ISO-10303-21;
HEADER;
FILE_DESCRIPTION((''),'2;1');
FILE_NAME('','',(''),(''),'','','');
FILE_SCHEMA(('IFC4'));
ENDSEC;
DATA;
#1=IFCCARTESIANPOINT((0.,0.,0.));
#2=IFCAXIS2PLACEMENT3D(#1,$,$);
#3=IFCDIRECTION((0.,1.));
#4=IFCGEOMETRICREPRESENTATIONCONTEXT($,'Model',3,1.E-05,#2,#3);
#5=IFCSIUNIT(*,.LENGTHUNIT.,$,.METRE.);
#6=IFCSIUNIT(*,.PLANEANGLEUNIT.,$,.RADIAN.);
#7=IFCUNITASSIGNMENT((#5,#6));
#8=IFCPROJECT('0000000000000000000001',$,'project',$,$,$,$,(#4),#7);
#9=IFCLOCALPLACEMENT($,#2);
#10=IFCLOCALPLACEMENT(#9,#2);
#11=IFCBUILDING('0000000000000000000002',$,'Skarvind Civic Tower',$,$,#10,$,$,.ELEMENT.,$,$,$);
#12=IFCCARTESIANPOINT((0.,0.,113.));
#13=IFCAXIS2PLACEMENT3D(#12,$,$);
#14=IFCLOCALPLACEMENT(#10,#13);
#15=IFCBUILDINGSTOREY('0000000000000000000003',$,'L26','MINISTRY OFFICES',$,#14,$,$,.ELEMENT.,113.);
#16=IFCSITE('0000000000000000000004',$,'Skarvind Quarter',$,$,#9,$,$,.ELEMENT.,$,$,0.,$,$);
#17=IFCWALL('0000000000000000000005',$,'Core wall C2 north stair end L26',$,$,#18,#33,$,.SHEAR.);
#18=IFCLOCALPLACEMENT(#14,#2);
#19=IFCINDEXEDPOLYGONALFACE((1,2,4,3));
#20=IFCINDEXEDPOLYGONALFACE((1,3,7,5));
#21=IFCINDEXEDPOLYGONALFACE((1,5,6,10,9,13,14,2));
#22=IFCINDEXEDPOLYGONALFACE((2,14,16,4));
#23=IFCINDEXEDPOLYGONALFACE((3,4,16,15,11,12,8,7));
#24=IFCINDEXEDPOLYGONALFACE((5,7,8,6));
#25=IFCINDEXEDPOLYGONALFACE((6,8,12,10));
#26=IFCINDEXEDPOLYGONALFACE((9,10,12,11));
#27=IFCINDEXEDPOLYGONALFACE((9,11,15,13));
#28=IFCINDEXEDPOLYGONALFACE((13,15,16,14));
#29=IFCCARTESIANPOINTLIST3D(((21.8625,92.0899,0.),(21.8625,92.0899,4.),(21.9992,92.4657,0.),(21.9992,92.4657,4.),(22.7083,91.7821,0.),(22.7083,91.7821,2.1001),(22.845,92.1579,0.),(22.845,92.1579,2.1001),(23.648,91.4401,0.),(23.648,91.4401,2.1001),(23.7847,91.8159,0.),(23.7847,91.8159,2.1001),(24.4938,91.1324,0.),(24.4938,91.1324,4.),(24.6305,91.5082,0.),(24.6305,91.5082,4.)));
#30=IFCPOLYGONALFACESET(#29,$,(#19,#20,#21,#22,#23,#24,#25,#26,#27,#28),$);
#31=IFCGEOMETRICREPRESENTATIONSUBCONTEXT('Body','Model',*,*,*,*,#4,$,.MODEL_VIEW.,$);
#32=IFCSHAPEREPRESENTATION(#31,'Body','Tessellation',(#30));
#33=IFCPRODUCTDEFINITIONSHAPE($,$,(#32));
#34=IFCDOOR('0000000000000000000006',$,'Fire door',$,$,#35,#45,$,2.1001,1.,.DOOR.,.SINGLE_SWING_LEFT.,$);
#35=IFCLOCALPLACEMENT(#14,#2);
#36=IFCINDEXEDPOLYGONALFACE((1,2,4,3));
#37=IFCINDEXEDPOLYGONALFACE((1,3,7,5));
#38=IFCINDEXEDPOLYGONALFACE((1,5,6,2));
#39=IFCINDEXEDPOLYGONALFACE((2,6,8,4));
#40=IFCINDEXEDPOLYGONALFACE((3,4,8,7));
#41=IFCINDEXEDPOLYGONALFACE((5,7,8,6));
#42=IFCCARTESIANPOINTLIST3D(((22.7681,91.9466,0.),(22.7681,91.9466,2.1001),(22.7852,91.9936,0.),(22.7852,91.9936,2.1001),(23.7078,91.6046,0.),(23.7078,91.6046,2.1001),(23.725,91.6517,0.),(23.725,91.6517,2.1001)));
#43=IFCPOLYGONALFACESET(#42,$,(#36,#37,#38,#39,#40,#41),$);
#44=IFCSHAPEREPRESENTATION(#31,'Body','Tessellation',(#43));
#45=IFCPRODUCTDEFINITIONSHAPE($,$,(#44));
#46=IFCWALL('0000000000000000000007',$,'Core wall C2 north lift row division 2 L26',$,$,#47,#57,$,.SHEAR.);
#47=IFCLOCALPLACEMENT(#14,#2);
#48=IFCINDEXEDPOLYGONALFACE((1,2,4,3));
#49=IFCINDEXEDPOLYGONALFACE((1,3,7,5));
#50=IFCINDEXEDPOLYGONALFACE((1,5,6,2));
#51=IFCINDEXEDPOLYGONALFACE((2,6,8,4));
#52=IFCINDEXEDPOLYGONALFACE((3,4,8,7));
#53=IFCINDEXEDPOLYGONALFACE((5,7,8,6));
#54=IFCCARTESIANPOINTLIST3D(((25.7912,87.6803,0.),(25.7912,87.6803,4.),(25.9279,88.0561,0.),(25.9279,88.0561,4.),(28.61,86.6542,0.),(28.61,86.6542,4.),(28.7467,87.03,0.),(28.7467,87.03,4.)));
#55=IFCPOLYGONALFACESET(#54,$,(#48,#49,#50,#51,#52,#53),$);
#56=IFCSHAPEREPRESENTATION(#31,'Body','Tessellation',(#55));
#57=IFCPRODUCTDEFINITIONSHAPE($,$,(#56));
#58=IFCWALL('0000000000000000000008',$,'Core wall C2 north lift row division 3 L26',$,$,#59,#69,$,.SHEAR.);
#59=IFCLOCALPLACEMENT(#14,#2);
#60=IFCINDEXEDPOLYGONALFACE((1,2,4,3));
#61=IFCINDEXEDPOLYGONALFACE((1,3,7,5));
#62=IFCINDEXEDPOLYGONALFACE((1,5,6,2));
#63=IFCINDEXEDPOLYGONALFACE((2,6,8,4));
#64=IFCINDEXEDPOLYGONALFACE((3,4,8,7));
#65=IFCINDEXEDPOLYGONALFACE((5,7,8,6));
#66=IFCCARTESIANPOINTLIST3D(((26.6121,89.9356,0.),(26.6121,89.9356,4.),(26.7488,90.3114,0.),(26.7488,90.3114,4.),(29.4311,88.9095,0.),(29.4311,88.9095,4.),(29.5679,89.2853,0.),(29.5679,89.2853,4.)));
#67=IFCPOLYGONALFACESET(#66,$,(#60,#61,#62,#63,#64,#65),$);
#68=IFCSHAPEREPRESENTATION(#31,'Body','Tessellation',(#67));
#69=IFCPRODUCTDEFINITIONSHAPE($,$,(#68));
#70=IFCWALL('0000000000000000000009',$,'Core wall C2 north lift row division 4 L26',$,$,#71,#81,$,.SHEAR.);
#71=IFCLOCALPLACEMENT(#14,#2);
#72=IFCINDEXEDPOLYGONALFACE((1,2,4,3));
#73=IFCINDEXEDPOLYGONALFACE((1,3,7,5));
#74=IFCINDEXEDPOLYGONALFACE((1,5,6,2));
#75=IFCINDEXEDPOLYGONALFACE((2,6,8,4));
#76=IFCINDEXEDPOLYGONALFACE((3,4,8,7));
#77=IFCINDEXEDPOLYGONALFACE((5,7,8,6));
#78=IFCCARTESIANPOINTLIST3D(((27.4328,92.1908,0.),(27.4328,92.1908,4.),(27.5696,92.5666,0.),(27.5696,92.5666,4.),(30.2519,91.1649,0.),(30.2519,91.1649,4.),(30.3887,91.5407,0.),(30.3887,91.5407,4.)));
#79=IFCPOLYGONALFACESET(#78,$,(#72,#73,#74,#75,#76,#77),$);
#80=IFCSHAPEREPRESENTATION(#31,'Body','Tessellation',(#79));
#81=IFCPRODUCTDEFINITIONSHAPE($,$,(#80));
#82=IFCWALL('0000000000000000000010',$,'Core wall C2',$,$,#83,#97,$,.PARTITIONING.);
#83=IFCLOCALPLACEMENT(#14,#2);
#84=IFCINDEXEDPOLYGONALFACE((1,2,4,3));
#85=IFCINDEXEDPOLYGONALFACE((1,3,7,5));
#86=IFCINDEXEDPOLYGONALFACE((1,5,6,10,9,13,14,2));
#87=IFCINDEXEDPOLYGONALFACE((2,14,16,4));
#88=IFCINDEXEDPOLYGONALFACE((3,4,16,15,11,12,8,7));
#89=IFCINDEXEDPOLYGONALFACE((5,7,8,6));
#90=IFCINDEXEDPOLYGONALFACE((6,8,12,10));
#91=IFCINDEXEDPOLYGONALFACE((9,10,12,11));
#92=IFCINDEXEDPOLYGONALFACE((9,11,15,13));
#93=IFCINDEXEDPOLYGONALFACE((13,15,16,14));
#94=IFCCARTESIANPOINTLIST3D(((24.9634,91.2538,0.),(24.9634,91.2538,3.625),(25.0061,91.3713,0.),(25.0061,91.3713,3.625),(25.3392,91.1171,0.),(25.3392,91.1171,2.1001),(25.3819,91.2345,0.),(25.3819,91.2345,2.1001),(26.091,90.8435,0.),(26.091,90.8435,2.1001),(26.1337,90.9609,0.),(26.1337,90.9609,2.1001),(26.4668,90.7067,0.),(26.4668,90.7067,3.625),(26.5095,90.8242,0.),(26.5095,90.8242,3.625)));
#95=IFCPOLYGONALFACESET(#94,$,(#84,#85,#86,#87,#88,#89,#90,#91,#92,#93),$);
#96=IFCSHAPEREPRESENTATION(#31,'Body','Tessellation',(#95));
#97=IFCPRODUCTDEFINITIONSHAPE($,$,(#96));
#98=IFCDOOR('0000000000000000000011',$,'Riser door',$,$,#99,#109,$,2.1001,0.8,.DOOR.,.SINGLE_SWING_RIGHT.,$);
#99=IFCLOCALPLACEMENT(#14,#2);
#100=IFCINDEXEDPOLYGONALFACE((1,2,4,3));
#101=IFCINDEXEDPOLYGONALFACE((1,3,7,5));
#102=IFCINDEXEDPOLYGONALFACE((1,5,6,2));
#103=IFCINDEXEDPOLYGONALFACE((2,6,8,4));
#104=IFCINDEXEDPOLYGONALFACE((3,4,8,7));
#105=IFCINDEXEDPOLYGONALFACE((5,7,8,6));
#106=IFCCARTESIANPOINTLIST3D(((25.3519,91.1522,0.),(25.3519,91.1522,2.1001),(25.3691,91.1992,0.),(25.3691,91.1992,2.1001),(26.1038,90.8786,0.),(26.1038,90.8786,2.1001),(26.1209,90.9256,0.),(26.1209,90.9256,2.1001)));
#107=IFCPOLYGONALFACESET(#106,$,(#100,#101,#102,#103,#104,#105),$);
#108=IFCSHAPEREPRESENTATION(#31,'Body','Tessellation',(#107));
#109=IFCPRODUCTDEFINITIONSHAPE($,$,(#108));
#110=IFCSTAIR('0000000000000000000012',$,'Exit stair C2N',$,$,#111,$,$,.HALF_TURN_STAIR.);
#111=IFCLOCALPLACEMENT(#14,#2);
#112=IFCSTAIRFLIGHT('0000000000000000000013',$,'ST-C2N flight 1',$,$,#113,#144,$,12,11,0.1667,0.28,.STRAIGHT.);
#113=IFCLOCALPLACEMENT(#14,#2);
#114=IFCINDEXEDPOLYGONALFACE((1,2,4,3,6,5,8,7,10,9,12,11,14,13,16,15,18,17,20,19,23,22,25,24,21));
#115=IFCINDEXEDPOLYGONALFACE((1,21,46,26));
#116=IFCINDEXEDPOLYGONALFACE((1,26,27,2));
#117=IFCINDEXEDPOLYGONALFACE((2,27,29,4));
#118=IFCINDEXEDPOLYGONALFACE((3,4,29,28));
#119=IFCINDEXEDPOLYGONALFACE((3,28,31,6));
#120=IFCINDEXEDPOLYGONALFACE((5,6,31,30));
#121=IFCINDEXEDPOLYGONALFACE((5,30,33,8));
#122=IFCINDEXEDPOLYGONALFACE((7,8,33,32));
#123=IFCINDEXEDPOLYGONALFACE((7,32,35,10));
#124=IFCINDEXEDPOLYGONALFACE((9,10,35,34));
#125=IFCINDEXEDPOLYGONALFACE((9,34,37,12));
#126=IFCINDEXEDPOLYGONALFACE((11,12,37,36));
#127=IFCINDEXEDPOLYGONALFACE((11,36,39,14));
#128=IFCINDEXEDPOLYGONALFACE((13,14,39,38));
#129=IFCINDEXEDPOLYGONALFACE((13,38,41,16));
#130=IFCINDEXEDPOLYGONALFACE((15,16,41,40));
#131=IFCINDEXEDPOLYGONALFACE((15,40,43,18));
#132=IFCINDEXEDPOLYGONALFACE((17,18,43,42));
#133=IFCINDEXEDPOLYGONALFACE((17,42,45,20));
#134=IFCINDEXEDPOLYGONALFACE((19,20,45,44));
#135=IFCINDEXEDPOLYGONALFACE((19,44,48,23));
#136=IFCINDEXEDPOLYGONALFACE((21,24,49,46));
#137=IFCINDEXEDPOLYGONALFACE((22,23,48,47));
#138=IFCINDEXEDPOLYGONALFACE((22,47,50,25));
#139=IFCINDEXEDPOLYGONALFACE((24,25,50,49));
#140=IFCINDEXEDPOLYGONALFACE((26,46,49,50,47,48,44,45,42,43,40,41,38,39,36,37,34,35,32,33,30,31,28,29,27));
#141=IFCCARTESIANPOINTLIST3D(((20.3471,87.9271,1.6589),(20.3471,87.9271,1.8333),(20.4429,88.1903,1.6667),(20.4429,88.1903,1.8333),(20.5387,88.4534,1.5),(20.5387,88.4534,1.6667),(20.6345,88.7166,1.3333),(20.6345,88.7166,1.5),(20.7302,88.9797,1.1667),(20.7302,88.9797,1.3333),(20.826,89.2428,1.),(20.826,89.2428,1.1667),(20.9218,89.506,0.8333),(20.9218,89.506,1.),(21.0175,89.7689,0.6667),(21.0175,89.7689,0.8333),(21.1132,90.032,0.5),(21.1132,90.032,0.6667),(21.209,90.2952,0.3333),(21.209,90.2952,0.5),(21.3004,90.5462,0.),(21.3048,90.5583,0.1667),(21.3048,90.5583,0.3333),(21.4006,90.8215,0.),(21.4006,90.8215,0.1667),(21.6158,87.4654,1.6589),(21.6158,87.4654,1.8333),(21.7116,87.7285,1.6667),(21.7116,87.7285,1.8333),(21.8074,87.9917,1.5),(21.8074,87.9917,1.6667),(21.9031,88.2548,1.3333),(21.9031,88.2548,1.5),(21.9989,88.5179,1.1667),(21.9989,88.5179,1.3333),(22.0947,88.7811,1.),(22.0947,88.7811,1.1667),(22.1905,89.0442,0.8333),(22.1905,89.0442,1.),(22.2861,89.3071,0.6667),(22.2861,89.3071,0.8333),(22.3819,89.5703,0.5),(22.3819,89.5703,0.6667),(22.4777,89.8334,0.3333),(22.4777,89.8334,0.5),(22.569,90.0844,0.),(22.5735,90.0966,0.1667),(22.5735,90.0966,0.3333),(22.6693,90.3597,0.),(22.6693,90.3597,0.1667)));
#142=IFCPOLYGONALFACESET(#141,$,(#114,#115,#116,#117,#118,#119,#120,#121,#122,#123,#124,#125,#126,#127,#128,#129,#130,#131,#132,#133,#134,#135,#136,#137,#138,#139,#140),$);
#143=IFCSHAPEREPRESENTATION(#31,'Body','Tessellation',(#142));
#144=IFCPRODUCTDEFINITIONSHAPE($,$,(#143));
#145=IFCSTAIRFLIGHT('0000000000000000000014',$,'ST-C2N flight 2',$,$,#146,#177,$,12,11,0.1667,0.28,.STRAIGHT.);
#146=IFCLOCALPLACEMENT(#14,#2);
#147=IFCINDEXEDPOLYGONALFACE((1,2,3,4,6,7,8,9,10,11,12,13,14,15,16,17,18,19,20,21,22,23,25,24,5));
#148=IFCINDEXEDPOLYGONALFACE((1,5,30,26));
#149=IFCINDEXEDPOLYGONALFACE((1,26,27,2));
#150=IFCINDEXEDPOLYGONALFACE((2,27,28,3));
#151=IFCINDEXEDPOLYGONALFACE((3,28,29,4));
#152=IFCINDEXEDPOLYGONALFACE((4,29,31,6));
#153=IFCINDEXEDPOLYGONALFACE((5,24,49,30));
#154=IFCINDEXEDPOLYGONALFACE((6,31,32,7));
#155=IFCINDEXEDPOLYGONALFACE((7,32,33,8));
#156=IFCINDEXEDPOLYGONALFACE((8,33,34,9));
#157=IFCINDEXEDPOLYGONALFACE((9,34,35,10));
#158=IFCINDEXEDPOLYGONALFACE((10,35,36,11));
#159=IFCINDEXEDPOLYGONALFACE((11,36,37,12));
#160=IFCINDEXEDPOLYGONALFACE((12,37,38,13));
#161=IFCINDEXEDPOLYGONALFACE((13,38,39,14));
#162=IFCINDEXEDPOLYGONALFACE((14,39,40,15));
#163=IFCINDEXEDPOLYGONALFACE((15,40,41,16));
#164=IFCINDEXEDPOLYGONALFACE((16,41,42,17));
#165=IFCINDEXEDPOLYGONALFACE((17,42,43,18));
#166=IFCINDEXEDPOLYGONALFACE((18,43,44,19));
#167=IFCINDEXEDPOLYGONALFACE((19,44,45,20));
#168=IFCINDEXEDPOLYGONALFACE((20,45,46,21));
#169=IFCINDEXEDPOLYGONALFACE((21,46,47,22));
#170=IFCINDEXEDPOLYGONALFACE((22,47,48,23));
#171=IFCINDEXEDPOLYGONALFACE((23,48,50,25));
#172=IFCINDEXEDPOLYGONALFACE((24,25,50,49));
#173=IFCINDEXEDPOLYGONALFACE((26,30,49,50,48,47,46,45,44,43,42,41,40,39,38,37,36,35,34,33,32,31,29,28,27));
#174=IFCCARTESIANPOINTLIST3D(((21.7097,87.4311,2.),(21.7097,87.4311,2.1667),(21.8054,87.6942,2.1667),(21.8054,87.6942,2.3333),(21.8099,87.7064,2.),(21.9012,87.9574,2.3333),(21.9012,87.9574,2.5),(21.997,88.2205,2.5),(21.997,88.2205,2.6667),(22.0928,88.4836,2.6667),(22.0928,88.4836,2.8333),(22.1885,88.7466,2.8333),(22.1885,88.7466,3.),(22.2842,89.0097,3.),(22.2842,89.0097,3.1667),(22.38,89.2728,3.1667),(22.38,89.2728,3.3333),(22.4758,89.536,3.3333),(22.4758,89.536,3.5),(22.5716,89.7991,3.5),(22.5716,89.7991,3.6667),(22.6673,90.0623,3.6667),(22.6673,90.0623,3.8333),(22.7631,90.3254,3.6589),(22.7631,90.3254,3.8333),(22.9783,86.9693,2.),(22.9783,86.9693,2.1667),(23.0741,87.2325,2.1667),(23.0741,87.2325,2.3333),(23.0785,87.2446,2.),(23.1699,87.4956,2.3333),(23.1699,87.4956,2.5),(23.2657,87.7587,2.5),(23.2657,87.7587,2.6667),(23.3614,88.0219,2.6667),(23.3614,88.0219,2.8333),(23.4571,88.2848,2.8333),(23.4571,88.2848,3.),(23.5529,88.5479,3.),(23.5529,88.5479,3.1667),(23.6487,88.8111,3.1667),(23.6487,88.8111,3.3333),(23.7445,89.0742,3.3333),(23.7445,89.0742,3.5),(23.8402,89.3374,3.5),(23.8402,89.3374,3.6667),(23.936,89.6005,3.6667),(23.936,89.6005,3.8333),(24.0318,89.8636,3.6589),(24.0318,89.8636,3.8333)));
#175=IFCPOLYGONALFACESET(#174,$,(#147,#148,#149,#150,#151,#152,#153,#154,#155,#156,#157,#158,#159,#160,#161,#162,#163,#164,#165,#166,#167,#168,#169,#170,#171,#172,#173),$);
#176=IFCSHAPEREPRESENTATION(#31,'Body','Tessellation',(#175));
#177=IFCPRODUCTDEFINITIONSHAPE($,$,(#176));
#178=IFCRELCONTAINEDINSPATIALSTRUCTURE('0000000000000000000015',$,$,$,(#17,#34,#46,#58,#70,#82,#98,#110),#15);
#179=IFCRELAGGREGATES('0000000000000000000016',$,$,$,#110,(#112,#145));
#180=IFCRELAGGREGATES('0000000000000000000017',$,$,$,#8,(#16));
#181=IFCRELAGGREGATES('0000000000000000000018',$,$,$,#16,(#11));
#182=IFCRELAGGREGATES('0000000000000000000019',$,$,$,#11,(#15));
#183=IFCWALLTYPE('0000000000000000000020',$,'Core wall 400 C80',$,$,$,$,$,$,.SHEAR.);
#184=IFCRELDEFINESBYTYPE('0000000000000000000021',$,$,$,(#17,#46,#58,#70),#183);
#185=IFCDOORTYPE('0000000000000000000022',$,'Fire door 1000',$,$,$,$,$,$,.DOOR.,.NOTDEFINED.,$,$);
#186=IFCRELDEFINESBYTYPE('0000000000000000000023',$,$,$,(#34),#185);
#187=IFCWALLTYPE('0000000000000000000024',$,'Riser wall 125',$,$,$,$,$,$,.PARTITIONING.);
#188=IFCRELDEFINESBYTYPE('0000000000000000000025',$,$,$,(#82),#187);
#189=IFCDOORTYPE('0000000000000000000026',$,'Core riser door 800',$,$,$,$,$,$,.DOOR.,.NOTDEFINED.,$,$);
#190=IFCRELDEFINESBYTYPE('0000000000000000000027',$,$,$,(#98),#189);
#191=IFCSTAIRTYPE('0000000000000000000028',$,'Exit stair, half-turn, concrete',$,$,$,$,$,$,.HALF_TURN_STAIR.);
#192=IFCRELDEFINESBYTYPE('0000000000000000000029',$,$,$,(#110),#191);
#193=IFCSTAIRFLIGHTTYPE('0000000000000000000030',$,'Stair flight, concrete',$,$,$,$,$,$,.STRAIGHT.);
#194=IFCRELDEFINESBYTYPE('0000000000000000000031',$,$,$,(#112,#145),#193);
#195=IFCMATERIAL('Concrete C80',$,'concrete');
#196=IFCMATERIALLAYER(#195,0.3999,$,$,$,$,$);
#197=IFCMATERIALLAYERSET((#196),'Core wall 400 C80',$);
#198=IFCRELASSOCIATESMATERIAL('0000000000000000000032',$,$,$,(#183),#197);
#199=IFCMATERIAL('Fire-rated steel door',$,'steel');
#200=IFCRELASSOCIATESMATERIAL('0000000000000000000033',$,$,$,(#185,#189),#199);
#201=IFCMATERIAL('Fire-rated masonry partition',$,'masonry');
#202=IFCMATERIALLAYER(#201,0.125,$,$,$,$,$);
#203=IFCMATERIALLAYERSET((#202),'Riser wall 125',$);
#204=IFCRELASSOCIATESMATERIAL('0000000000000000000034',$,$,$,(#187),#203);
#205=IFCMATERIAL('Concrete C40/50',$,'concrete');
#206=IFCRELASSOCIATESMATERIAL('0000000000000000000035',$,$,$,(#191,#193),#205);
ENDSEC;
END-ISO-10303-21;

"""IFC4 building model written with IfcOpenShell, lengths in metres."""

from ifc_helpers import new_model, si_unit, direction, frame, frame_2d, origin, place, context, subcontext, project, spatial, polyline, rectangle, outline, extrude, material, layer, layer_set, type_object, element, fill, aggregate, save


model = new_model("IFC4")

# Units and contexts
model_context = context("Model", 3, precision=1e-05, world=origin(), true_north=direction((0.0, 1.0)))
body_context = subcontext(model_context, "Body", "Model", "MODEL_VIEW")
ifc_project = project(units=[si_unit("LENGTHUNIT", "METRE"), si_unit("PLANEANGLEUNIT", "RADIAN")], contexts=[model_context])

# Site, building, storey
site_placement = place(None, origin())
site = spatial("IfcSite", under=ifc_project, at=site_placement, Name="Skarvind Quarter", CompositionType="ELEMENT", RefElevation=0.0)
building_placement = place(site_placement, origin())
building = spatial("IfcBuilding", under=site, at=building_placement, Name="Skarvind Civic Tower", CompositionType="ELEMENT")
storey_placement = place(building_placement, frame((0.0, 0.0, 113.0)))
storey = spatial("IfcBuildingStorey", under=building, at=storey_placement, Name="L26", Description="MINISTRY OFFICES", CompositionType="ELEMENT", Elevation=113.0)

# Wall, opening, door
ifc_material_1 = material(Name="Concrete C80", Category="concrete")
ifc_layer_1 = layer(ifc_material_1, 0.3999)
ifc_layer_set_1 = layer_set([ifc_layer_1], Name="Core wall 400 C80")
wall_type_1 = type_object("IfcWallType", Name="Core wall 400 C80", PredefinedType="SHEAR", material=ifc_layer_set_1)
wall_1_placement = place(storey_placement, frame((24.562, 91.3203, 0.0), z_axis=(0.0, 0.0, 1.0), x_axis=(-0.939717, 0.341953, 0.0)))
wall_1 = element("IfcWall", 1, at=wall_1_placement, inside=storey, type_object=wall_type_1, Name="Core wall C2 north stair end L26", PredefinedType="SHEAR", context=body_context, shape_type="SweptSolid", body=[
    extrude(rectangle(XDim=2.8, YDim=0.3999, at=frame_2d((1.3999, 0.0))), origin(), (0.0, 0.0, 1.0), 4.0),
])
opening_1_placement = place(wall_1_placement, frame((0.8999, 0.0, 0.0)))
opening_1 = element("IfcOpeningElement", 2, at=opening_1_placement, cuts=wall_1, PredefinedType="OPENING", context=body_context, shape_type="SweptSolid", body=[
    extrude(rectangle(XDim=1.0, YDim=2.1001, at=frame_2d((0.5, 1.05))), frame((0.0, 0.21, 0.0), z_axis=(0.0, -1.0, 0.0), x_axis=(1.0, 0.0, 0.0)), (0.0, 0.0, 1.0), 0.4199),
])
ifc_material_2 = material(Name="Fire-rated steel door", Category="steel")
door_type_1 = type_object("IfcDoorType", Name="Fire door 1000", OperationType="NOTDEFINED", PredefinedType="DOOR", material=ifc_material_2)
door_1_placement = place(opening_1_placement, origin())
door_1 = element("IfcDoor", 3, at=door_1_placement, inside=storey, type_object=door_type_1, Name="Fire door", OperationType="SINGLE_SWING_LEFT", OverallHeight=2.1001, OverallWidth=1.0, PredefinedType="DOOR", context=body_context, shape_type="SweptSolid", body=[
    extrude(rectangle(XDim=1.0, YDim=2.1001, at=frame_2d((0.5, 1.05))), frame((0.0, 0.0249, 0.0), z_axis=(0.0, -1.0, 0.0), x_axis=(1.0, 0.0, 0.0)), (0.0, 0.0, 1.0), 0.05),
])
fill(opening_1, door_1)

# Walls
wall_2_placement = place(storey_placement, frame((28.6785, 86.842, 0.0), z_axis=(0.0, 0.0, 1.0), x_axis=(-0.939677, 0.342063, 0.0)))
element("IfcWall", 4, at=wall_2_placement, inside=storey, type_object=wall_type_1, Name="Core wall C2 north lift row division 2 L26", PredefinedType="SHEAR", context=body_context, shape_type="SweptSolid", body=[
    extrude(rectangle(XDim=2.9998, YDim=0.3999, at=frame_2d((1.5, 0.0))), origin(), (0.0, 0.0, 1.0), 4.0),
])
for number, where, z_axis, x_axis, name in (
    (5, (29.4995, 89.0974, 0.0), (0.0, 0.0, 1.0), (-0.939686, 0.342037, 0.0), "Core wall C2 north lift row division 3 L26"),
    (6, (30.3203, 91.3528, 0.0), (0.0, 0.0, 1.0), (-0.939713, 0.341965, 0.0), "Core wall C2 north lift row division 4 L26"),
):
    element("IfcWall", number, at=place(storey_placement, frame(where, z_axis=z_axis, x_axis=x_axis)), inside=storey, type_object=wall_type_1, Name=name, PredefinedType="SHEAR", context=body_context, shape_type="SweptSolid", body=[
        extrude(rectangle(XDim=3.0, YDim=0.3999, at=frame_2d((1.5, 0.0))), origin(), (0.0, 0.0, 1.0), 4.0),
    ])

# Wall, opening, door
ifc_material_3 = material(Name="Fire-rated masonry partition", Category="masonry")
ifc_layer_2 = layer(ifc_material_3, 0.125)
ifc_layer_set_2 = layer_set([ifc_layer_2], Name="Riser wall 125")
wall_type_2 = type_object("IfcWallType", Name="Riser wall 125", PredefinedType="PARTITIONING", material=ifc_layer_set_2)
wall_3_placement = place(storey_placement, frame((24.9849, 91.3125, 0.0), z_axis=(0.0, 0.0, 1.0), x_axis=(0.939709, -0.341976, 0.0)))
wall_3 = element("IfcWall", 7, at=wall_3_placement, inside=storey, type_object=wall_type_2, Name="Core wall C2", PredefinedType="PARTITIONING", context=body_context, shape_type="SweptSolid", body=[
    extrude(rectangle(XDim=1.5999, YDim=0.125, at=frame_2d((0.7998, 0.0))), origin(), (0.0, 0.0, 1.0), 3.625),
])
opening_2_placement = place(wall_3_placement, frame((0.3999, 0.0, 0.0)))
opening_2 = element("IfcOpeningElement", 8, at=opening_2_placement, cuts=wall_3, PredefinedType="OPENING", context=body_context, shape_type="SweptSolid", body=[
    extrude(rectangle(XDim=0.8, YDim=2.1001, at=frame_2d((0.3999, 1.05))), frame((0.0, 0.0725, 0.0), z_axis=(0.0, -1.0, 0.0), x_axis=(1.0, 0.0, 0.0)), (0.0, 0.0, 1.0), 0.145),
])
door_type_2 = type_object("IfcDoorType", Name="Core riser door 800", OperationType="NOTDEFINED", PredefinedType="DOOR", material=ifc_material_2)
door_2_placement = place(opening_2_placement, origin())
door_2 = element("IfcDoor", 9, at=door_2_placement, inside=storey, type_object=door_type_2, Name="Riser door", OperationType="SINGLE_SWING_RIGHT", OverallHeight=2.1001, OverallWidth=0.8, PredefinedType="DOOR", context=body_context, shape_type="SweptSolid", body=[
    extrude(rectangle(XDim=0.8, YDim=2.1001, at=frame_2d((0.3999, 1.05))), frame((0.0, 0.0249, 0.0), z_axis=(0.0, -1.0, 0.0), x_axis=(1.0, 0.0, 0.0)), (0.0, 0.0, 1.0), 0.05),
])
fill(opening_2, door_2)

# Stair, stair flights
ifc_material_4 = material(Name="Concrete C40/50", Category="concrete")
stair_type = type_object("IfcStairType", Name="Exit stair, half-turn, concrete", PredefinedType="HALF_TURN_STAIR", material=ifc_material_4)
stair_placement = place(storey_placement, origin())
stair = element("IfcStair", 10, at=stair_placement, inside=storey, type_object=stair_type, Name="Exit stair C2N", PredefinedType="HALF_TURN_STAIR")
stair_flight_type = type_object("IfcStairFlightType", Name="Stair flight, concrete", PredefinedType="STRAIGHT", material=ifc_material_4)
stair_flight_1_placement = place(storey_placement, frame((22.0349, 90.5906, 0.0), z_axis=(0.0, 0.0, 1.0), x_axis=(-0.34202, -0.939693, 0.0)))
stair_flight_1 = element("IfcStairFlight", 11, at=stair_flight_1_placement, type_object=stair_flight_type, Name="ST-C2N flight 1", NumberOfRisers=12, NumberOfTreads=11, PredefinedType="STRAIGHT", RiserHeight=0.1667, TreadLength=0.28, context=body_context, shape_type="SweptSolid", body=[
    extrude(outline(polyline([(0.0, 0.0), (0.0, 0.1667), (0.28, 0.1667), (0.28, 0.3333), (0.5601, 0.3333), (0.5601, 0.5), (0.8401, 0.5), (0.8401, 0.6667), (1.1201, 0.6667), (1.1201, 0.8333), (1.3999, 0.8333), (1.3999, 1.0), (1.6799, 1.0), (1.6799, 1.1667), (1.96, 1.1667), (1.96, 1.3333), (2.24, 1.3333), (2.24, 1.5), (2.52, 1.5), (2.52, 1.6667), (2.8, 1.6667), (2.8, 1.8333), (3.0801, 1.8333), (3.0801, 2.0), (3.0801, 1.6589), (0.293, 0.0), (0.0, 0.0)])), frame((0.0, 0.675, 0.0), z_axis=(0.0, -1.0, 0.0), x_axis=(1.0, 0.0, 0.0)), (0.0, 0.0, 1.0), 1.3501),
])
stair_flight_2_placement = place(storey_placement, frame((22.344, 87.2002, 2.0), z_axis=(0.0, 0.0, 1.0), x_axis=(0.34202, 0.939693, 0.0)))
stair_flight_2 = element("IfcStairFlight", 12, at=stair_flight_2_placement, type_object=stair_flight_type, Name="ST-C2N flight 2", NumberOfRisers=12, NumberOfTreads=11, PredefinedType="STRAIGHT", RiserHeight=0.1667, TreadLength=0.28, context=body_context, shape_type="SweptSolid", body=[
    extrude(outline(polyline([(0.0, 0.0), (0.0, 0.1667), (0.28, 0.1667), (0.28, 0.3333), (0.5601, 0.3333), (0.5601, 0.5), (0.8401, 0.5), (0.8401, 0.6667), (1.1201, 0.6667), (1.1201, 0.8333), (1.3999, 0.8333), (1.3999, 1.0), (1.6799, 1.0), (1.6799, 1.1667), (1.96, 1.1667), (1.96, 1.3333), (2.24, 1.3333), (2.24, 1.5), (2.52, 1.5), (2.52, 1.6667), (2.8, 1.6667), (2.8, 1.8333), (3.0801, 1.8333), (3.0801, 2.0), (3.0801, 1.6589), (0.293, 0.0), (0.0, 0.0)])), frame((0.0, 0.675, 0.0), z_axis=(0.0, -1.0, 0.0), x_axis=(1.0, 0.0, 0.0)), (0.0, 0.0, 1.0), 1.3501),
])
aggregate(stair, [stair_flight_1, stair_flight_2])

save(model, "model.ifc")
